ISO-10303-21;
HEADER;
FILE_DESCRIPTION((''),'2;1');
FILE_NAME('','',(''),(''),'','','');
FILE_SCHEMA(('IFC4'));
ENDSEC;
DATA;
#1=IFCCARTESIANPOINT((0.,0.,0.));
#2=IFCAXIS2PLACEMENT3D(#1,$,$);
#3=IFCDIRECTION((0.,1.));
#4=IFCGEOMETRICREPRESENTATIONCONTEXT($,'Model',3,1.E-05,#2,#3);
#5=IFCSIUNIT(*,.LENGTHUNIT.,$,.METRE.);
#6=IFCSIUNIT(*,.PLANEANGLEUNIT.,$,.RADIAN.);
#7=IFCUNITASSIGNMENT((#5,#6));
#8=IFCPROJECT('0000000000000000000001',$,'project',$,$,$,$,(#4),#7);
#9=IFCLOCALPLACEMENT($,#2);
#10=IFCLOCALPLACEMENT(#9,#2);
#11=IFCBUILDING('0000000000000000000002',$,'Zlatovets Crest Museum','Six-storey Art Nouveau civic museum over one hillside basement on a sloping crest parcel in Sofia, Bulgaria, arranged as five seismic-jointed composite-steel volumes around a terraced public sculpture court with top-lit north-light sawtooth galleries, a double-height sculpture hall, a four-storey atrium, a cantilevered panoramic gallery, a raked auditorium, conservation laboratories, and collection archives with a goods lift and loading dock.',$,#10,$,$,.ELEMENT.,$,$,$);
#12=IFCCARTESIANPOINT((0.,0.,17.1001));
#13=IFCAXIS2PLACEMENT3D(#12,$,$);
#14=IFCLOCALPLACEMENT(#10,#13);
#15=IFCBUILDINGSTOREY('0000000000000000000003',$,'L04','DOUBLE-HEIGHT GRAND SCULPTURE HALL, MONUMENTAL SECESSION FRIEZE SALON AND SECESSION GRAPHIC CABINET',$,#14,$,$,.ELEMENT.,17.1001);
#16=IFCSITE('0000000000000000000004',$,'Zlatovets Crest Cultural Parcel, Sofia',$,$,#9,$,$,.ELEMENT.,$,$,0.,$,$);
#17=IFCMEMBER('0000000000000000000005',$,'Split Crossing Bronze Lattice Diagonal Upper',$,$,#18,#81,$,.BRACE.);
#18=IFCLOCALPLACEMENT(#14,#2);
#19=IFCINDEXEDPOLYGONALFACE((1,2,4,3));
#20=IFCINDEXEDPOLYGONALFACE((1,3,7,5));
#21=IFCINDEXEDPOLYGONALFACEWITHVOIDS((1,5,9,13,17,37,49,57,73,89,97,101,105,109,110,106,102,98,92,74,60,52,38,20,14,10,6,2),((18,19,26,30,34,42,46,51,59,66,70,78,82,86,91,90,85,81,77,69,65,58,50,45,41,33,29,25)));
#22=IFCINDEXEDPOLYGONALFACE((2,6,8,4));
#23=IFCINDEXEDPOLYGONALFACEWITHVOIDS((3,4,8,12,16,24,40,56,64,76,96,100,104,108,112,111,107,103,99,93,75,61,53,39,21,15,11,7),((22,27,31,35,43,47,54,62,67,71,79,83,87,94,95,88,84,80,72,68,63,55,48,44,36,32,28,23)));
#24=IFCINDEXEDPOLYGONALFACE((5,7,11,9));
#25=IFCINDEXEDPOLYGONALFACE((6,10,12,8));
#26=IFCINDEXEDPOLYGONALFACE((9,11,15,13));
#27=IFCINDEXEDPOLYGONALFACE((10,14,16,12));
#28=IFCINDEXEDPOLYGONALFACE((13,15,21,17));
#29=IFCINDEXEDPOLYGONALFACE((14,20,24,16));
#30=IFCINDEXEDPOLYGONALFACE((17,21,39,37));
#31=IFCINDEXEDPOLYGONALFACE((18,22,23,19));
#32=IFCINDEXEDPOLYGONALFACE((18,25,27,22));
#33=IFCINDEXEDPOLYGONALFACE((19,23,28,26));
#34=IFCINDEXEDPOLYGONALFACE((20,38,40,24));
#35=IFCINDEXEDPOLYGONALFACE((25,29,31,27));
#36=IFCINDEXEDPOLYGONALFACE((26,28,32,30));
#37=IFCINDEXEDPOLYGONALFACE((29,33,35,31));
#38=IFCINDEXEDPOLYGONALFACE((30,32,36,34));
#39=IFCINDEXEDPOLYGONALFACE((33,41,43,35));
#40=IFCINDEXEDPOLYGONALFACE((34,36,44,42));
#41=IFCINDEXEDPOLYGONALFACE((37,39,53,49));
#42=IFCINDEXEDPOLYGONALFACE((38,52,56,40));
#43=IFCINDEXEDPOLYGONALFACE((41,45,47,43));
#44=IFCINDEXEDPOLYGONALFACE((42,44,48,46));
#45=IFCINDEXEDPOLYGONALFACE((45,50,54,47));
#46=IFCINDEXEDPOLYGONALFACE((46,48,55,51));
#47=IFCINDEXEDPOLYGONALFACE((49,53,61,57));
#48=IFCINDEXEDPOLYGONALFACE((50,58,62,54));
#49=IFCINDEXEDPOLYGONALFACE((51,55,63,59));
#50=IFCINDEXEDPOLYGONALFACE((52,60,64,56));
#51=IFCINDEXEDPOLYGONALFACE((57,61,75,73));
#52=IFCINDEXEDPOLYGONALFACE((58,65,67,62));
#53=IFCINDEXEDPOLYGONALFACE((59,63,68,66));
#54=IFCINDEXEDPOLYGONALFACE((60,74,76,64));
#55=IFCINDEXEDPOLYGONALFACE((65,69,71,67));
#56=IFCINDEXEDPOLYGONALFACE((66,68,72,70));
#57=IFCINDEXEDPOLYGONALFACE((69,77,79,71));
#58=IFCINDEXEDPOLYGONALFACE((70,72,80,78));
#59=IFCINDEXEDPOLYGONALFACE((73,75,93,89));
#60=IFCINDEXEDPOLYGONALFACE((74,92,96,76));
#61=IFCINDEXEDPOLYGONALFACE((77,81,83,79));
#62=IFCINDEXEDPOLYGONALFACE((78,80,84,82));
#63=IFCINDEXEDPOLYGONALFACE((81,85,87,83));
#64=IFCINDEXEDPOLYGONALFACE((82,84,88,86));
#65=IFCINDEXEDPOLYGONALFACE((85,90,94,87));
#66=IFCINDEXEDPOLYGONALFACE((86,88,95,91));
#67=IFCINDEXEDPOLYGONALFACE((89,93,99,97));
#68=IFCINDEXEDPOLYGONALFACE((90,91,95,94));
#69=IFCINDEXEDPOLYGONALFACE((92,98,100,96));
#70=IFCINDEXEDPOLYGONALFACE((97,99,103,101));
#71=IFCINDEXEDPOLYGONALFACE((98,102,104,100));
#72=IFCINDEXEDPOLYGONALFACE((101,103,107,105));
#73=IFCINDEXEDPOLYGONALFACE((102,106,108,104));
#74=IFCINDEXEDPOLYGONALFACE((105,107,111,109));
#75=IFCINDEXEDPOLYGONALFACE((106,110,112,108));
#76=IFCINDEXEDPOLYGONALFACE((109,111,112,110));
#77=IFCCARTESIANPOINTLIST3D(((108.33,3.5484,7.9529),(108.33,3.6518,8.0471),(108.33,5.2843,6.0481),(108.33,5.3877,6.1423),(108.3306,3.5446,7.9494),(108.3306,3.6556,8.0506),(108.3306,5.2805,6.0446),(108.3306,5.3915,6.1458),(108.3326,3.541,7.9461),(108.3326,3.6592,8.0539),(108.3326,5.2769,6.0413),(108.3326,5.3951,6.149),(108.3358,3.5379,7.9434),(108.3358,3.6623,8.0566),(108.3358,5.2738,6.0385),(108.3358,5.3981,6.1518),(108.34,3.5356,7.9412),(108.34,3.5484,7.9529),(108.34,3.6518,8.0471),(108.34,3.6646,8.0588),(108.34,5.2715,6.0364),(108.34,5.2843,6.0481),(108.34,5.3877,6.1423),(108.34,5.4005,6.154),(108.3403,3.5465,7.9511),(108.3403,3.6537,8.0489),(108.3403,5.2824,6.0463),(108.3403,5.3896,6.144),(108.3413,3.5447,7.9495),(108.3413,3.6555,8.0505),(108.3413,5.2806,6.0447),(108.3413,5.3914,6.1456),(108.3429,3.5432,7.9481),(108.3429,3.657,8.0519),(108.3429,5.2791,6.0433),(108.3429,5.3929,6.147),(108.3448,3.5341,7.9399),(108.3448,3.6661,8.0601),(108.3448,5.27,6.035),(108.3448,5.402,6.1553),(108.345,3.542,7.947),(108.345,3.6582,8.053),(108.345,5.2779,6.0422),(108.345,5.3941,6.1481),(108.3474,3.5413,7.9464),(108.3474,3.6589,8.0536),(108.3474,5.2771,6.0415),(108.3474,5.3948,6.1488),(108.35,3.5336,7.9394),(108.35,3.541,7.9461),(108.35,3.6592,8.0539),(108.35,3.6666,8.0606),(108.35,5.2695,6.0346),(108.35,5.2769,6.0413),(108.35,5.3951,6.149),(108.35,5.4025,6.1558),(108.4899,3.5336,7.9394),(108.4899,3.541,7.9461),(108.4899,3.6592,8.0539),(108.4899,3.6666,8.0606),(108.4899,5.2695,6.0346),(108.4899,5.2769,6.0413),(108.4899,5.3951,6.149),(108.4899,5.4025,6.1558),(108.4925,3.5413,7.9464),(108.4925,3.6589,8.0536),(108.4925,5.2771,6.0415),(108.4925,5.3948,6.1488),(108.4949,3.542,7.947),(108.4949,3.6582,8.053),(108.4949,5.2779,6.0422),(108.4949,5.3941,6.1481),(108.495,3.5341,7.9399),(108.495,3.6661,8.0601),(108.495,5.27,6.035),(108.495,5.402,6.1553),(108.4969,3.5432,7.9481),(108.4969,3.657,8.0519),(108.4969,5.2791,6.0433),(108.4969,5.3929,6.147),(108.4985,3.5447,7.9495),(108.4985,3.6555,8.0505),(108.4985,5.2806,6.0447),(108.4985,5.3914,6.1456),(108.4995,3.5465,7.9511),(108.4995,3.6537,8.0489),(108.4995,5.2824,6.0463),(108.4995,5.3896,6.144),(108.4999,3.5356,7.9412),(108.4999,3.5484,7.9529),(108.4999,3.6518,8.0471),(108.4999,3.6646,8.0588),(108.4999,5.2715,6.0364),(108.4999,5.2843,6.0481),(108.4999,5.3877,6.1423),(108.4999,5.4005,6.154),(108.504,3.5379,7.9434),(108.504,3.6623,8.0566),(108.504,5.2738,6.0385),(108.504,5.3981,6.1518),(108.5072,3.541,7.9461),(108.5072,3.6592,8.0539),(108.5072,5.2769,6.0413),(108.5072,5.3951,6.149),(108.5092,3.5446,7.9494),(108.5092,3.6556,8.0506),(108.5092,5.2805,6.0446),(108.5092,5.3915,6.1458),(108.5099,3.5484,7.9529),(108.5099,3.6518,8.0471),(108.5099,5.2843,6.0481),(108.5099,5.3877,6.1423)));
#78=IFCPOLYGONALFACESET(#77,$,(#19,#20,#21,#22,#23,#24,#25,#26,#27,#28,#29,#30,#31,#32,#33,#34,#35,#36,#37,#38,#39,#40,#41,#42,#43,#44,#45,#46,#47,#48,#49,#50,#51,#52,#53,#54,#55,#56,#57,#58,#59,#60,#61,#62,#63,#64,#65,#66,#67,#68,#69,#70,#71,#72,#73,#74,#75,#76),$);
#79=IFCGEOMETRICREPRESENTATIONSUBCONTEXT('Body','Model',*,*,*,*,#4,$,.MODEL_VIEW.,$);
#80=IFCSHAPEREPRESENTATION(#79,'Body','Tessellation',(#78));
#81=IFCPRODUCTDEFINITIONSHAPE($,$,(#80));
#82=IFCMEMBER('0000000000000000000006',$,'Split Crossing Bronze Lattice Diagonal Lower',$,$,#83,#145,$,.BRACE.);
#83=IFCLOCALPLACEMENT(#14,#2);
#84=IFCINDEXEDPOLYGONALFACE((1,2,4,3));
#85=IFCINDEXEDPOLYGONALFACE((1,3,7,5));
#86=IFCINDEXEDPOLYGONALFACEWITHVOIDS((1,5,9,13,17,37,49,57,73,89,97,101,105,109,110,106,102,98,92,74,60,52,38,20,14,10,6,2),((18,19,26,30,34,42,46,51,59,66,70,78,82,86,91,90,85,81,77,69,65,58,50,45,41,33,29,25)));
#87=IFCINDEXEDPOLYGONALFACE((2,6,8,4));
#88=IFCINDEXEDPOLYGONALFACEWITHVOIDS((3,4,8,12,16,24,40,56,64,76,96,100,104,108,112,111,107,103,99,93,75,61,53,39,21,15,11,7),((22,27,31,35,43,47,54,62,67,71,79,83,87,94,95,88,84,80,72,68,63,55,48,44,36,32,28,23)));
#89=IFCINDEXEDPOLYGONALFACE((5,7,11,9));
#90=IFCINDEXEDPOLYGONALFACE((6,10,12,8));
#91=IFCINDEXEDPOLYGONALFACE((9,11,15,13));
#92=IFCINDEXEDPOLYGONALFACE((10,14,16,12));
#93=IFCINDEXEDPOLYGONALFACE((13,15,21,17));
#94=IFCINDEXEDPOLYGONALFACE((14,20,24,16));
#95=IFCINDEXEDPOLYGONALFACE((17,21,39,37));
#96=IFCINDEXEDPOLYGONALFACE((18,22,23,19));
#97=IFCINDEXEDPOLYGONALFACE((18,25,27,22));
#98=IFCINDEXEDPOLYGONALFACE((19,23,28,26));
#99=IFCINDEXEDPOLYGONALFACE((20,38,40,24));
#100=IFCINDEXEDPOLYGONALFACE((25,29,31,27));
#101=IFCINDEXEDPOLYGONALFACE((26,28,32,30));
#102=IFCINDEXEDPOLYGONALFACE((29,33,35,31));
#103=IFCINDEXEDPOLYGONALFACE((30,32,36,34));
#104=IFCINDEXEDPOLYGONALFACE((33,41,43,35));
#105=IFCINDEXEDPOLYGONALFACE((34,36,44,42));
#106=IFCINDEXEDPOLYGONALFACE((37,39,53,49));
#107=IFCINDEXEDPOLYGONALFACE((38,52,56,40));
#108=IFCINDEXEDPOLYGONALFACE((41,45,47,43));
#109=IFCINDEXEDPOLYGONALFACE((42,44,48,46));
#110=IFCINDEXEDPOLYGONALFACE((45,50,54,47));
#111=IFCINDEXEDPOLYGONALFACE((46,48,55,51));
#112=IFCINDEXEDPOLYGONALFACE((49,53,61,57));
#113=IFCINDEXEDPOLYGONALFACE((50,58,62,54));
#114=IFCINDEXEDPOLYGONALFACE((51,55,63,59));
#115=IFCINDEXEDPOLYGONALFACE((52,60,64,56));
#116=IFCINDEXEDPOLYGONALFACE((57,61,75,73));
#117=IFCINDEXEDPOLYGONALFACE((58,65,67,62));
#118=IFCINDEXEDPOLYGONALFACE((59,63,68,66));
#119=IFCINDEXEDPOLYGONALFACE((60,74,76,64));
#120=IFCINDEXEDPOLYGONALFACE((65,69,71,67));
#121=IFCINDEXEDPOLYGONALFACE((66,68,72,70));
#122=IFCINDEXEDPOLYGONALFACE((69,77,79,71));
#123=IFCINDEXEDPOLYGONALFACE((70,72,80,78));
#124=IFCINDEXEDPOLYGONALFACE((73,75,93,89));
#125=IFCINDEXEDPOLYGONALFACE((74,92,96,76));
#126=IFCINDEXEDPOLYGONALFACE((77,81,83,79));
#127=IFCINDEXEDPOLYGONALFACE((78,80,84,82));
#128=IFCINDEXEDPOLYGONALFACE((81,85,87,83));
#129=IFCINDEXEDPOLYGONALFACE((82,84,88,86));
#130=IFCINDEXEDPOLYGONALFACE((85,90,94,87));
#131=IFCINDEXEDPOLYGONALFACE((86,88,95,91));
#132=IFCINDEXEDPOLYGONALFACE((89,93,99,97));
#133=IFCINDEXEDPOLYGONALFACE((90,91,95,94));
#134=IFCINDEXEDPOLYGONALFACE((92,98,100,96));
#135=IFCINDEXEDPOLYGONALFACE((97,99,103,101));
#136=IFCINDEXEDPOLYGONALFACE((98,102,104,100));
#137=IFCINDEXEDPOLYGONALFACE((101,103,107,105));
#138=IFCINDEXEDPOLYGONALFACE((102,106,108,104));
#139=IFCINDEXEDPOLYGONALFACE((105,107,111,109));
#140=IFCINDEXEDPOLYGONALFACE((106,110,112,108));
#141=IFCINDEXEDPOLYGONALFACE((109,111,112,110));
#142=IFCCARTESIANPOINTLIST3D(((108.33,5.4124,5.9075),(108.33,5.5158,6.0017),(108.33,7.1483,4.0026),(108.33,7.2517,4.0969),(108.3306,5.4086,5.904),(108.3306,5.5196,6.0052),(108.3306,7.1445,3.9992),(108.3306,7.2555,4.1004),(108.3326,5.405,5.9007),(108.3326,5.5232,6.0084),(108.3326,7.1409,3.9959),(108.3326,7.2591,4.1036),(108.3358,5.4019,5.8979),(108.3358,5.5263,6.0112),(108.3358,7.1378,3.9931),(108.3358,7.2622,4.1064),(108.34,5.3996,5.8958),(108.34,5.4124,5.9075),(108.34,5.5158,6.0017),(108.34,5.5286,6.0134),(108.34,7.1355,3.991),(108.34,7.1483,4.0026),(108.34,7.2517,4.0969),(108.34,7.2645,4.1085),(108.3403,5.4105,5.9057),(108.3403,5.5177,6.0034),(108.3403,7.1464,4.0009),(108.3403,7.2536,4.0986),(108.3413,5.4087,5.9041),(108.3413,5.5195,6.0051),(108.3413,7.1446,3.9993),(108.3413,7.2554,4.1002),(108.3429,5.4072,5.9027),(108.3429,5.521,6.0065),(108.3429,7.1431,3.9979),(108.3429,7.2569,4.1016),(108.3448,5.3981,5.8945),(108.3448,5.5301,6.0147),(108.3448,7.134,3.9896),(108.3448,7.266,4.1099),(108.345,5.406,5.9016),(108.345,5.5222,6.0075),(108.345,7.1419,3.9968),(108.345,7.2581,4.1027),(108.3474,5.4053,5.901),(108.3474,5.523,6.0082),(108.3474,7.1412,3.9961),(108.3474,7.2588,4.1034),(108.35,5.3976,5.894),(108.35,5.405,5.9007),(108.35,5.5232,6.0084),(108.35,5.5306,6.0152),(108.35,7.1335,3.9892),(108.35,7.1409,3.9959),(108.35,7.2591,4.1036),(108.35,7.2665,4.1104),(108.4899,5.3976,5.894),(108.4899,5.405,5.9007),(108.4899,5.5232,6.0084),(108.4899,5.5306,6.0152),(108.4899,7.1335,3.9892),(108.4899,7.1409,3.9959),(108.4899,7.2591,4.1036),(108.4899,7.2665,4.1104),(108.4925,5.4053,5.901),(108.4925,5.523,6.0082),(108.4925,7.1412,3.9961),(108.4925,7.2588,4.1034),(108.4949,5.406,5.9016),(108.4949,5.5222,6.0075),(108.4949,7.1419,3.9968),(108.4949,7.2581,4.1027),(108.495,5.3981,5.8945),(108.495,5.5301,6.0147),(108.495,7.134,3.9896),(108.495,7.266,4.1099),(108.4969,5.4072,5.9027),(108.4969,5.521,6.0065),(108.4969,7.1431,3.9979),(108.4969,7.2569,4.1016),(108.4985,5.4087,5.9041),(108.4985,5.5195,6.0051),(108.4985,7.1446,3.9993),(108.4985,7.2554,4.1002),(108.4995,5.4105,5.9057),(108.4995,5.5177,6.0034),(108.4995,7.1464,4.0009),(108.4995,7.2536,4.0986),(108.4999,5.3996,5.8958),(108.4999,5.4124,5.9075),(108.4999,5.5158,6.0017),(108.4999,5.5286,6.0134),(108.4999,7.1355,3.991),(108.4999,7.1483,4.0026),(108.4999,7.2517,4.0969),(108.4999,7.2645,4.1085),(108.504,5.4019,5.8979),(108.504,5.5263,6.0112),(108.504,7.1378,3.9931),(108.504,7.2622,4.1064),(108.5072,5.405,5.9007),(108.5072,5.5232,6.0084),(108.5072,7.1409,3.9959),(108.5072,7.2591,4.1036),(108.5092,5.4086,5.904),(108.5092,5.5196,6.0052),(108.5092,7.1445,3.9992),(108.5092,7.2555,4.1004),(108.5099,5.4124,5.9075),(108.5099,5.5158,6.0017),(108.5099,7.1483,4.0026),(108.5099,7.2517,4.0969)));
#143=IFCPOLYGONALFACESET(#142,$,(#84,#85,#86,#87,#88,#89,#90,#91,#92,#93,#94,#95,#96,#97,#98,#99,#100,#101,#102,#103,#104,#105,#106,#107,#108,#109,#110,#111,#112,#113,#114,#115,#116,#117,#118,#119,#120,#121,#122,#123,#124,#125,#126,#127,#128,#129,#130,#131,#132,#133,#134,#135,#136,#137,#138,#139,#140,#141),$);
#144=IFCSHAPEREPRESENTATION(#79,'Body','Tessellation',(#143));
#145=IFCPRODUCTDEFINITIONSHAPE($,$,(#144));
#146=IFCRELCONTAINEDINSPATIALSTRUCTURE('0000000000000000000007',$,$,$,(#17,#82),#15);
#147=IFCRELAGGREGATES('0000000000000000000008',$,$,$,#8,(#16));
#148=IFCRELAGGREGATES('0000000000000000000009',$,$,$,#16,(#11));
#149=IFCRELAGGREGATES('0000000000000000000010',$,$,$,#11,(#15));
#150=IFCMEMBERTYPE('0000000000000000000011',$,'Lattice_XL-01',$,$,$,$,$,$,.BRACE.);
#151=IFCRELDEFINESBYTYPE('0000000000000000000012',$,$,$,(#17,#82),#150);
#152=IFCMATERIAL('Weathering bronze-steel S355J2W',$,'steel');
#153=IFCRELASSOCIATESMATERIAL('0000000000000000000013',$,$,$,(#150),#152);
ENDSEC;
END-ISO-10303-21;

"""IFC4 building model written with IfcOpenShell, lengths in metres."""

from ifc_helpers import new_model, si_unit, direction, frame, origin, origin_2d, place, context, subcontext, project, spatial, hollow_rectangle, extrude, material, material_profile, profile_set, type_object, element, save


model = new_model("IFC4")

# Units and contexts
model_context = context("Model", 3, precision=1e-05, world=origin(), true_north=direction((0.0, 1.0)))
body_context = subcontext(model_context, "Body", "Model", "MODEL_VIEW")
ifc_project = project(units=[si_unit("LENGTHUNIT", "METRE"), si_unit("PLANEANGLEUNIT", "RADIAN")], contexts=[model_context])

# Site, building, storey
site_placement = place(None, origin())
site = spatial("IfcSite", under=ifc_project, at=site_placement, Name="Zlatovets Crest Cultural Parcel, Sofia", CompositionType="ELEMENT", RefElevation=0.0)
building_placement = place(site_placement, origin())
building = spatial("IfcBuilding", under=site, at=building_placement, Name="Zlatovets Crest Museum", Description="Six-storey Art Nouveau civic museum over one hillside basement on a sloping crest parcel in Sofia, Bulgaria, arranged as five seismic-jointed composite-steel volumes around a terraced public sculpture court with top-lit north-light sawtooth galleries, a double-height sculpture hall, a four-storey atrium, a cantilevered panoramic gallery, a raked auditorium, conservation laboratories, and collection archives with a goods lift and loading dock.", CompositionType="ELEMENT")
storey_placement = place(building_placement, frame((0.0, 0.0, 17.1001)))
storey = spatial("IfcBuildingStorey", under=building, at=storey_placement, Name="L04", Description="DOUBLE-HEIGHT GRAND SCULPTURE HALL, MONUMENTAL SECESSION FRIEZE SALON AND SECESSION GRAPHIC CABINET", CompositionType="ELEMENT", Elevation=17.1001)

# Members
ifc_material_1 = material(Name="Weathering bronze-steel S355J2W", Category="steel")
ifc_material_profile_1 = material_profile(ifc_material_1, hollow_rectangle(XDim=0.1799, YDim=0.1799, WallThickness=0.01, InnerFilletRadius=0.01, OuterFilletRadius=0.02, at=origin_2d()), Name="SHS 180x180x10.0")
ifc_profile_set_1 = profile_set([ifc_material_profile_1], Name="Weathering bronze-steel S355J2W")
member_type_1 = type_object("IfcMemberType", Name="Lattice_XL-01", PredefinedType="BRACE", material=ifc_profile_set_1)
for number, where, z_axis, x_axis, name in (
    (1, (108.4199, 3.6001, 8.0), (0.0, 0.673568, -0.739125), (-1.0, 0.0, 0.0), "Split Crossing Bronze Lattice Diagonal Upper"),
    (2, (108.4199, 5.4641, 5.9546), (0.0, 0.673568, -0.739125), (-1.0, 0.0, 0.0), "Split Crossing Bronze Lattice Diagonal Lower"),
):
    element("IfcMember", number, at=place(storey_placement, frame(where, z_axis=z_axis, x_axis=x_axis)), inside=storey, type_object=member_type_1, Name=name, PredefinedType="BRACE", context=body_context, shape_type="SweptSolid", body=[
        extrude(hollow_rectangle(XDim=0.1799, YDim=0.1799, WallThickness=0.01, InnerFilletRadius=0.01, OuterFilletRadius=0.02, at=origin_2d()), origin(), (0.0, 0.0, 1.0), 2.5771),
    ])

save(model, "model.ifc")
